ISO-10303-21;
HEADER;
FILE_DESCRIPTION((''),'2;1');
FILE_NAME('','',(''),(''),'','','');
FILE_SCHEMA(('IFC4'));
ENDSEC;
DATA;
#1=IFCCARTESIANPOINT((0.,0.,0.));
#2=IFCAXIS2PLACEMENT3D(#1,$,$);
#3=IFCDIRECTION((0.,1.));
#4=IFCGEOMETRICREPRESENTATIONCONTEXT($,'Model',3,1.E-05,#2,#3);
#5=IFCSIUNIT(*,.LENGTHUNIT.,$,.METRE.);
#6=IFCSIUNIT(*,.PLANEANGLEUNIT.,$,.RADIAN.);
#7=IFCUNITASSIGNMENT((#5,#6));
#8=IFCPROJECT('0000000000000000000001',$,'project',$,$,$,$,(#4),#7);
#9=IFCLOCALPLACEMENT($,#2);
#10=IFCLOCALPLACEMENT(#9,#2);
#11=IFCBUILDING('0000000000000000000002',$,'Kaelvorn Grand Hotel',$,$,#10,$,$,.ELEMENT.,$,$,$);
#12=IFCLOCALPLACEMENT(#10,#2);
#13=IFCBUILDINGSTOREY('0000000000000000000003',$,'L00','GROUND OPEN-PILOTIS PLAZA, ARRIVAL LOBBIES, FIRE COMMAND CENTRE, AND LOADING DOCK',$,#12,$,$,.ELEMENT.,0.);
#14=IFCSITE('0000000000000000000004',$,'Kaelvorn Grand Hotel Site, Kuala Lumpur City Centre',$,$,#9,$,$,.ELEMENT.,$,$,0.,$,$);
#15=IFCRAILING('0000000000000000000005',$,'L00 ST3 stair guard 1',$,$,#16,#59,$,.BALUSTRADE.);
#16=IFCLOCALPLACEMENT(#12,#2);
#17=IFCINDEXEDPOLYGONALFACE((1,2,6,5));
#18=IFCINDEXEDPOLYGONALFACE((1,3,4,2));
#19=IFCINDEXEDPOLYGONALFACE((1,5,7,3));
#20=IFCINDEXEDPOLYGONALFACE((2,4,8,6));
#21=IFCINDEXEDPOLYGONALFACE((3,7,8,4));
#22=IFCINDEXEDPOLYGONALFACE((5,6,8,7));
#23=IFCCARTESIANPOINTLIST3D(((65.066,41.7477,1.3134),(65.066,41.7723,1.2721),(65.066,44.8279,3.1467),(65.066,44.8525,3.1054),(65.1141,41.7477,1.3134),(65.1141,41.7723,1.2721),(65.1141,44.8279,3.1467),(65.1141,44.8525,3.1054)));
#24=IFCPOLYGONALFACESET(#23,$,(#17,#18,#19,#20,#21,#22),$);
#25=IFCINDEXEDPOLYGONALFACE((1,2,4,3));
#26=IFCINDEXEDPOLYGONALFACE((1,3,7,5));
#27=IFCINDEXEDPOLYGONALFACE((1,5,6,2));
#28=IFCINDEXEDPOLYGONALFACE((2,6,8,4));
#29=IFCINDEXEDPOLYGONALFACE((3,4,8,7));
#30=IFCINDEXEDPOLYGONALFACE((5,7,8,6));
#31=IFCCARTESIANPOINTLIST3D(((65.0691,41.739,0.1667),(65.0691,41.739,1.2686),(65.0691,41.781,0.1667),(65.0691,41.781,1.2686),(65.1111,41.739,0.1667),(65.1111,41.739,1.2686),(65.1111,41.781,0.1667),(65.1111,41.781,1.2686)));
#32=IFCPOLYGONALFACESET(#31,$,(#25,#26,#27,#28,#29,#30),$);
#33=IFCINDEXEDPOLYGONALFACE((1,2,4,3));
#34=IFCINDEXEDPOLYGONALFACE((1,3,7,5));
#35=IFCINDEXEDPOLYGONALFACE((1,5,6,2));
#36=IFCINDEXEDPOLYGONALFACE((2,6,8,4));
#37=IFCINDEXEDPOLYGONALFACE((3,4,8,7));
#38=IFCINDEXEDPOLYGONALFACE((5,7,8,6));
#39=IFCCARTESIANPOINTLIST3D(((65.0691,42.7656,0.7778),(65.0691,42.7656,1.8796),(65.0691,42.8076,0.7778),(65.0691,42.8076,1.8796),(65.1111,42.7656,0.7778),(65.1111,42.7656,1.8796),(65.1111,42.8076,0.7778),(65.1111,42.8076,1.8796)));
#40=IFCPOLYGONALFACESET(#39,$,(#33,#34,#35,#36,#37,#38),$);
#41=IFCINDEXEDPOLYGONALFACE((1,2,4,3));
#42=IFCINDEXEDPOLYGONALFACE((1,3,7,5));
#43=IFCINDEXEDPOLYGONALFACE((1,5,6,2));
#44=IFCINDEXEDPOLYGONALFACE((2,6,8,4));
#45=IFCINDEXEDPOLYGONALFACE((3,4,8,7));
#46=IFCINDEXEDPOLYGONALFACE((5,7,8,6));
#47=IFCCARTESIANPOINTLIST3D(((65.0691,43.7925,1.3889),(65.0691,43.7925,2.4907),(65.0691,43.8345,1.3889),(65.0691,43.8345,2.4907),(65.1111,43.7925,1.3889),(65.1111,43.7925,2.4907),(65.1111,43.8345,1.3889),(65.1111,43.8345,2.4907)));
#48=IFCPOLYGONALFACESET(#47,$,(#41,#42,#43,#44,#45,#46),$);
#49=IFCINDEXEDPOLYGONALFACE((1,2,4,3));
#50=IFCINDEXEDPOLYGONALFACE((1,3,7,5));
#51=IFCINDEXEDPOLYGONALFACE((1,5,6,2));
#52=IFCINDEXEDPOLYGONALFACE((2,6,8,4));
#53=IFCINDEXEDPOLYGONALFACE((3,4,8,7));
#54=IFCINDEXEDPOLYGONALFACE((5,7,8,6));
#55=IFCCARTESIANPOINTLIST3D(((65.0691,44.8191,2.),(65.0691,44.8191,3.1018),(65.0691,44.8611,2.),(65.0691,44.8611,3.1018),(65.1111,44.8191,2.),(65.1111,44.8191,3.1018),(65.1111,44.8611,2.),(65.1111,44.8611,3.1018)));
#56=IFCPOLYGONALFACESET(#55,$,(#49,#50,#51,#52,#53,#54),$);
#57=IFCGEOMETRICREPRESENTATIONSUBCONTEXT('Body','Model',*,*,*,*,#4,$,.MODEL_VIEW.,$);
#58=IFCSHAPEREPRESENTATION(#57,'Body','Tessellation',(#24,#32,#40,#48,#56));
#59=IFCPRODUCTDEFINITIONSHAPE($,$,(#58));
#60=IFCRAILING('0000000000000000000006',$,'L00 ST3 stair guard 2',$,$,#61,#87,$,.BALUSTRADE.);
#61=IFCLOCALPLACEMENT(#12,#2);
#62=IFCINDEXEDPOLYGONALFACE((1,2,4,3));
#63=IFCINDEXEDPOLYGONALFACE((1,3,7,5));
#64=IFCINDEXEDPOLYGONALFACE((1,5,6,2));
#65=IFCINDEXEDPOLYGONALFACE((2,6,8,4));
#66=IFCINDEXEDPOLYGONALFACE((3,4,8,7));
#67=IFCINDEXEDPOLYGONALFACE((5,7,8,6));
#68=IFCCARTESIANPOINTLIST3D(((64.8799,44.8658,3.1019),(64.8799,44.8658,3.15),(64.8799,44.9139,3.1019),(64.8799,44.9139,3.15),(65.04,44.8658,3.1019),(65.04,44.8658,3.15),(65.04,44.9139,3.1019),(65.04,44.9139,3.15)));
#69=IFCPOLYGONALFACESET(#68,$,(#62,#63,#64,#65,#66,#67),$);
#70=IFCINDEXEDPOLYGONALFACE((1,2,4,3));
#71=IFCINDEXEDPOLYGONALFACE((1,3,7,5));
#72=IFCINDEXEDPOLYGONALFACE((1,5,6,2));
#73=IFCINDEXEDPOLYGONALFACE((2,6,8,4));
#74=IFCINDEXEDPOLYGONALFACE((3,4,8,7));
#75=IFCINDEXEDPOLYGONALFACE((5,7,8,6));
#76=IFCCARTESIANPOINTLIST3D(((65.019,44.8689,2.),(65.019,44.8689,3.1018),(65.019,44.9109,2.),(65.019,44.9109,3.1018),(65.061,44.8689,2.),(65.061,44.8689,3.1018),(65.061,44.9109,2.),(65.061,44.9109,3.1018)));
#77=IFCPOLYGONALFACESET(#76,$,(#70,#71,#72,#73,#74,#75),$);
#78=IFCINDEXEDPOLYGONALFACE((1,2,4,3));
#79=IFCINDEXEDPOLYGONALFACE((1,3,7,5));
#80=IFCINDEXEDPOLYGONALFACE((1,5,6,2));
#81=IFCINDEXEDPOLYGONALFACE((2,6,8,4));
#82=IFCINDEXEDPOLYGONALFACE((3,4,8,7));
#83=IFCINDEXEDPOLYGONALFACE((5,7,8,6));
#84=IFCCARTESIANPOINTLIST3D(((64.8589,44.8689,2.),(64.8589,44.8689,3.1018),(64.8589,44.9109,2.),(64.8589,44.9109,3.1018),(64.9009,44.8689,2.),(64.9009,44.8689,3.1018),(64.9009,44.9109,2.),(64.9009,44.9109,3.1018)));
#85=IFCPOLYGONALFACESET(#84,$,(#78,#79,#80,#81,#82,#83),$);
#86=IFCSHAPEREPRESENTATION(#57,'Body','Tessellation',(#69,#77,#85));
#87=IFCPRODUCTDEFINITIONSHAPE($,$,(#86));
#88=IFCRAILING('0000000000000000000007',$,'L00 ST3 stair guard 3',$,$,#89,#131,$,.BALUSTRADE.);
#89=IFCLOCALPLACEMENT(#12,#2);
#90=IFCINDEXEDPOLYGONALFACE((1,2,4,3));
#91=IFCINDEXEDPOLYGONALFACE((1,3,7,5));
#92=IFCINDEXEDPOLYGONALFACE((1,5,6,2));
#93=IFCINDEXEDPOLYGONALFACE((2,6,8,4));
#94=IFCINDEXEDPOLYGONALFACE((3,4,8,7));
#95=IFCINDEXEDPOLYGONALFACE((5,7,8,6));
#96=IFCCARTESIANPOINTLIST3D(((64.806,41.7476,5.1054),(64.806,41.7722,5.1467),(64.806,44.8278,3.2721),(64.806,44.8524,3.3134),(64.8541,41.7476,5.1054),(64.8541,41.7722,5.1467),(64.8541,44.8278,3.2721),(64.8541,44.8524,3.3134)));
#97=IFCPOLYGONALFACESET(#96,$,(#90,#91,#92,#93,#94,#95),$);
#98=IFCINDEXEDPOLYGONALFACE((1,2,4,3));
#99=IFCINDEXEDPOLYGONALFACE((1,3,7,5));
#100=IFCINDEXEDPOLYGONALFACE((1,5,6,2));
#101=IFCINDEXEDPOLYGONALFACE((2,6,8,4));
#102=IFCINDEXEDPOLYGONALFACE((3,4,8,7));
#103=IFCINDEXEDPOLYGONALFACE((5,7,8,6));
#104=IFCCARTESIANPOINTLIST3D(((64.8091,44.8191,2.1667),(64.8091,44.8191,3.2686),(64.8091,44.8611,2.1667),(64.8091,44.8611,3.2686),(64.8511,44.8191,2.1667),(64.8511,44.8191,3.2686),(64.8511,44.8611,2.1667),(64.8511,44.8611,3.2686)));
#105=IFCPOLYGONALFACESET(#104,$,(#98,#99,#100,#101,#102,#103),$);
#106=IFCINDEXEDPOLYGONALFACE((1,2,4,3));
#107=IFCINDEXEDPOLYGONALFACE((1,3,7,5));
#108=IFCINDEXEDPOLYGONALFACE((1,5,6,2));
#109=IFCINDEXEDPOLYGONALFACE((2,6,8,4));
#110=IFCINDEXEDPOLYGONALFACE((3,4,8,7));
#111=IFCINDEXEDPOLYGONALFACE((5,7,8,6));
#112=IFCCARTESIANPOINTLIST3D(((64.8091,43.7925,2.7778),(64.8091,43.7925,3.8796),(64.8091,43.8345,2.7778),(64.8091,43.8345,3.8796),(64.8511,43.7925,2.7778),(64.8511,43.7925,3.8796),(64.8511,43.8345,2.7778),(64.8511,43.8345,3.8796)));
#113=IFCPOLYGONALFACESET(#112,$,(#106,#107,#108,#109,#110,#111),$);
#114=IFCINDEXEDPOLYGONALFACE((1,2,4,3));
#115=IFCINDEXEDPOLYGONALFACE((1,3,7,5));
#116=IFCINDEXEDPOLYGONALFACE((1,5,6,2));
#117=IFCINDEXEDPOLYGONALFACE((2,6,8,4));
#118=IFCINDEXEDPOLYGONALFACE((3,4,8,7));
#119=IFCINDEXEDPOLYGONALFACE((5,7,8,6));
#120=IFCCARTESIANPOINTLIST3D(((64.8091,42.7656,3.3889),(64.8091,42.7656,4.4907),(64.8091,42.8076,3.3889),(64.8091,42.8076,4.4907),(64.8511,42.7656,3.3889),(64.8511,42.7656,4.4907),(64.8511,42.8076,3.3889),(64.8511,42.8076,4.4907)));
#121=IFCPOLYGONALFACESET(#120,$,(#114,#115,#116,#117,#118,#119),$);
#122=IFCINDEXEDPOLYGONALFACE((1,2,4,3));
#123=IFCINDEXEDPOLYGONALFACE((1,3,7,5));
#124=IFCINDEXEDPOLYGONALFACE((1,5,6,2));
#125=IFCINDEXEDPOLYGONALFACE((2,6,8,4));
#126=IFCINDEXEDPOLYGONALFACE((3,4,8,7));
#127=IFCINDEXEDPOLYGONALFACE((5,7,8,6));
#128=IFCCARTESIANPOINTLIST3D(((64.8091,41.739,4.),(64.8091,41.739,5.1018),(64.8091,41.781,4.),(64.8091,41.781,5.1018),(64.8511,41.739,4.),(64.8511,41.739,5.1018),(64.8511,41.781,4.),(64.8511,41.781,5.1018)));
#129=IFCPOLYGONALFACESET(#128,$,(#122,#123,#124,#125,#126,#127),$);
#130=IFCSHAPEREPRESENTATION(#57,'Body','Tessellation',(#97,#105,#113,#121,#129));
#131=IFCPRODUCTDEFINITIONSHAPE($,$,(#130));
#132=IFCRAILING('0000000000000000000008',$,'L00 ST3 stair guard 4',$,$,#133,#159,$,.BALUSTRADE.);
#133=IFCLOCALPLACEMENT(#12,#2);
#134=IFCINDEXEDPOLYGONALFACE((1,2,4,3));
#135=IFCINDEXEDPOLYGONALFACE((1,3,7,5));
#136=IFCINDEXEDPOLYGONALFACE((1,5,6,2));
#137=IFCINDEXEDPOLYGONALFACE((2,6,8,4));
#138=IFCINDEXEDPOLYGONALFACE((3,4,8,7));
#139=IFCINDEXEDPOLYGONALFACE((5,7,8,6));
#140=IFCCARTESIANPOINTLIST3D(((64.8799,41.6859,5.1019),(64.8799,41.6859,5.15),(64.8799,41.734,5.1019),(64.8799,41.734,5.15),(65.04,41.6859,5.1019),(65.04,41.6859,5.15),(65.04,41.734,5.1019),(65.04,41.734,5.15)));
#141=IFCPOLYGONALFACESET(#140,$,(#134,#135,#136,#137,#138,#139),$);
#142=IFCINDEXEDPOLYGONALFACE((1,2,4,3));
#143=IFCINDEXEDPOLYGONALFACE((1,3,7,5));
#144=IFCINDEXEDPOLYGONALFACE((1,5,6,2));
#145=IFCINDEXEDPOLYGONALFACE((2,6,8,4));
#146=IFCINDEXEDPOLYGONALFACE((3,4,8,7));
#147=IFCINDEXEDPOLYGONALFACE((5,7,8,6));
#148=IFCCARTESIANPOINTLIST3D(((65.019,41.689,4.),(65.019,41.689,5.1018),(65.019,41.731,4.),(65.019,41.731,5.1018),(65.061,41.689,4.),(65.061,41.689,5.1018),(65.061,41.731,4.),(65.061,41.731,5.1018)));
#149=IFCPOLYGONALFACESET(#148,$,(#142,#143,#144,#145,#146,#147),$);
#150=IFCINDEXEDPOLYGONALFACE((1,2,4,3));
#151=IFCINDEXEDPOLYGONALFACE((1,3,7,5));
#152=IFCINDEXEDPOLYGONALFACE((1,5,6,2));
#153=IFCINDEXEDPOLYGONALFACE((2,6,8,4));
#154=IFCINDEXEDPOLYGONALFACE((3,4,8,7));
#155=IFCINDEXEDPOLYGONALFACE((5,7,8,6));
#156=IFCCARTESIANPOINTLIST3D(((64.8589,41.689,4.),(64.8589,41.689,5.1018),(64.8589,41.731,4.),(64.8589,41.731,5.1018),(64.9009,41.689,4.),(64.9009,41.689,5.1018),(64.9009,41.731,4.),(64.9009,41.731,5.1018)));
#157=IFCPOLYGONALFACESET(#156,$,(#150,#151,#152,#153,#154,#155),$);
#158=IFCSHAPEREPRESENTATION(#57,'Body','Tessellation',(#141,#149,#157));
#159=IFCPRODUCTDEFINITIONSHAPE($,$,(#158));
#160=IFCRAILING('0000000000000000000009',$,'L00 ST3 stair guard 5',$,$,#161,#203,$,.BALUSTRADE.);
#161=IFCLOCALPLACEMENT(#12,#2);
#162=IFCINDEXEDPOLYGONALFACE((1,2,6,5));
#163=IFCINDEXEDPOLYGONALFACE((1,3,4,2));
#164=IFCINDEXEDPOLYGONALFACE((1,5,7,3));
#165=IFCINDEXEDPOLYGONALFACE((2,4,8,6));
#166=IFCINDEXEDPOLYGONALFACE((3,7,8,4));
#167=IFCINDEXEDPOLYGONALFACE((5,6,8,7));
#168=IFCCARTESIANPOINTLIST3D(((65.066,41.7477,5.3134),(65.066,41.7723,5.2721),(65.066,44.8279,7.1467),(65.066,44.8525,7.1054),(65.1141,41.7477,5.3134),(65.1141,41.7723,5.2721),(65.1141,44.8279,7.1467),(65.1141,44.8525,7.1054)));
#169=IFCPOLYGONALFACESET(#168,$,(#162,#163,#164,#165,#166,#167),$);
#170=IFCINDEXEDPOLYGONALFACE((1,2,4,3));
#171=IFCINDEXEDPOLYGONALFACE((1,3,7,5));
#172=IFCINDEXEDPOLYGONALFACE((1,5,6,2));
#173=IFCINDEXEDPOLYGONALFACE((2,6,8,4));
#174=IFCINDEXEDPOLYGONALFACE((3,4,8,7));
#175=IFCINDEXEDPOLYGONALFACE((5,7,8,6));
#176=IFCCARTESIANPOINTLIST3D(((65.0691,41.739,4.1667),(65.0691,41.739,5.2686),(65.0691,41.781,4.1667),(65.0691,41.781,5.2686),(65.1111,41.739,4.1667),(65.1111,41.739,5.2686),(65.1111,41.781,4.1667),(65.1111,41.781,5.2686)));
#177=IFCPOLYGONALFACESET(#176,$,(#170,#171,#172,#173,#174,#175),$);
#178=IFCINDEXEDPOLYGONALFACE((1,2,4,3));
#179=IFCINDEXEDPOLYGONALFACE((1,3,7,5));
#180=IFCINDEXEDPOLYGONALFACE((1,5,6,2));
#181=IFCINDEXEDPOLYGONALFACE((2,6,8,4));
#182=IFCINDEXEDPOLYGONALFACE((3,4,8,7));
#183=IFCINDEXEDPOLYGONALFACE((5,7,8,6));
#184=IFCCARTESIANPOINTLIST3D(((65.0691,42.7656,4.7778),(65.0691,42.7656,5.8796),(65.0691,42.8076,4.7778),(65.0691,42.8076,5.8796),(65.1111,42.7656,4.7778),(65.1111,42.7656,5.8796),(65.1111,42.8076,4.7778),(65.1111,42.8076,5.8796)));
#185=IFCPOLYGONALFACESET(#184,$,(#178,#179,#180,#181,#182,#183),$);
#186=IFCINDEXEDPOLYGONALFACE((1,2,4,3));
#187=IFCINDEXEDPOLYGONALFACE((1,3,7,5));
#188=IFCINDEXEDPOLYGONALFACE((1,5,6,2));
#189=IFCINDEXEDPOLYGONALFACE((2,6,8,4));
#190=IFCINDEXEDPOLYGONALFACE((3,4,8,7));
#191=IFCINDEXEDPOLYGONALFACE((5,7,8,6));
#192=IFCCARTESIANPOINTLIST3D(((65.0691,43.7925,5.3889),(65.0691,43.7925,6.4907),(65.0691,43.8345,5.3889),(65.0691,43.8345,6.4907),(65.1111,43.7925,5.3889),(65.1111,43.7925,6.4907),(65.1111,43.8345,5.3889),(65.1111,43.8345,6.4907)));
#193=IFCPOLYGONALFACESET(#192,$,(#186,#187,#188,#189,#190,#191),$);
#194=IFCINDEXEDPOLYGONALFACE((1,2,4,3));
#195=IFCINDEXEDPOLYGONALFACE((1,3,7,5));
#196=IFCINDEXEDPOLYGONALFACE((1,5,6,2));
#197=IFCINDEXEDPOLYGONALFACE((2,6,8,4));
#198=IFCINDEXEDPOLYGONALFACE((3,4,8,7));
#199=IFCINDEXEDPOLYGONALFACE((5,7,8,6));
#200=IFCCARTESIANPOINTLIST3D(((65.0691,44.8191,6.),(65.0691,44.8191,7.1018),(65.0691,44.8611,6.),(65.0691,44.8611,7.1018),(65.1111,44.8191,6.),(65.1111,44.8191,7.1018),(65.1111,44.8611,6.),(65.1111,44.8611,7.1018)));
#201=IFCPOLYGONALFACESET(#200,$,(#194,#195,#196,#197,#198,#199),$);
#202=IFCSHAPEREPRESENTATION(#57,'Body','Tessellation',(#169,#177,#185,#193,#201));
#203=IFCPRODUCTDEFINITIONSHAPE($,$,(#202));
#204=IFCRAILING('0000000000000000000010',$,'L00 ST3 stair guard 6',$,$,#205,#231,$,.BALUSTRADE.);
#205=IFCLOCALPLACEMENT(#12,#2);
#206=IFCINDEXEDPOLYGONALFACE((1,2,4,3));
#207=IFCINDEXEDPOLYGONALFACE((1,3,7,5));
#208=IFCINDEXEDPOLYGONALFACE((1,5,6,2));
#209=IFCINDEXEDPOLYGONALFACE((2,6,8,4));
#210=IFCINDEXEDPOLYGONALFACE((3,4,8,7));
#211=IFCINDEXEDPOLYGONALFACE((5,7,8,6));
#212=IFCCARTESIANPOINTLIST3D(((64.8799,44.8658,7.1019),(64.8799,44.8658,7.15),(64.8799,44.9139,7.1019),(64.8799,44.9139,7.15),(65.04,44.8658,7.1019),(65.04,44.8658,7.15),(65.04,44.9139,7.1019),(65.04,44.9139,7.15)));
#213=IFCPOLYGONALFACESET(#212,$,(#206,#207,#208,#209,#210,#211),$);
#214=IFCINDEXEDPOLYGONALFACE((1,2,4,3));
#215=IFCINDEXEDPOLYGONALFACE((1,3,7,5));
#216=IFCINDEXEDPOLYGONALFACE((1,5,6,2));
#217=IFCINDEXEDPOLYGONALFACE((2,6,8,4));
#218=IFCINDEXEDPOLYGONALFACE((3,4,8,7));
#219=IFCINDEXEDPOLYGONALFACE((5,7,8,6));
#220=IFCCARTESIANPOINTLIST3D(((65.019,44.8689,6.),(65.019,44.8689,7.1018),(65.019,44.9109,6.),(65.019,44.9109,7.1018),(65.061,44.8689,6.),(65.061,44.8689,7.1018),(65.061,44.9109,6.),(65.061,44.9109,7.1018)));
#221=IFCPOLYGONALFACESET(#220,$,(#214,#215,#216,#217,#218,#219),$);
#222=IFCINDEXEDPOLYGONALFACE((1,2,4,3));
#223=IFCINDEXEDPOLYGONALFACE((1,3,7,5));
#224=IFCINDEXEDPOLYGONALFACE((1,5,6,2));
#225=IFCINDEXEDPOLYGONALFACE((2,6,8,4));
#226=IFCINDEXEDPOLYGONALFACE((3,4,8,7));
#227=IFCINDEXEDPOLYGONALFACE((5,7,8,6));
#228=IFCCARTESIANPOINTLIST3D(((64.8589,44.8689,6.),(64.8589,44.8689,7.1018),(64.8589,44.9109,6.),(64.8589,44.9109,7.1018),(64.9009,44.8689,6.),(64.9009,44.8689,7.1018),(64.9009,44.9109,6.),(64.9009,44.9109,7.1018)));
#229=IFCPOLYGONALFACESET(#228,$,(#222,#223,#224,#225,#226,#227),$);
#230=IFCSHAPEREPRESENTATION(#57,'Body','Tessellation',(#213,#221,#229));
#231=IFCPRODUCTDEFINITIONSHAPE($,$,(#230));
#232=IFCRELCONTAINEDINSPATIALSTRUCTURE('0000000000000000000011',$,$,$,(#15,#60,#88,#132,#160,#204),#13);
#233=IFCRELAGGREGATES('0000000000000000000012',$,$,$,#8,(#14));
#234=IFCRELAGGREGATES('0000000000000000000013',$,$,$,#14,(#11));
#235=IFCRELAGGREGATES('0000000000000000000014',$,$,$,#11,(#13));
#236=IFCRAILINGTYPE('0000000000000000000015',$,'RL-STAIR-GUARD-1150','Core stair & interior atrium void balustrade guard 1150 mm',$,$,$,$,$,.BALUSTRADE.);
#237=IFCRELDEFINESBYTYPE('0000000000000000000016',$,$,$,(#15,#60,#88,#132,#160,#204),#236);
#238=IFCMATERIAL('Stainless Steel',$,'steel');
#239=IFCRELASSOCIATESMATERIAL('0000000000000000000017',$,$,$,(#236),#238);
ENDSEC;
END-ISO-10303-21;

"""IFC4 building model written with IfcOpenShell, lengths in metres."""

from ifc_helpers import new_model, si_unit, direction, frame, origin, origin_2d, place, context, subcontext, project, spatial, rectangle, extrude, material, type_object, element, save


model = new_model("IFC4")

# Units and contexts
model_context = context("Model", 3, precision=1e-05, world=origin(), true_north=direction((0.0, 1.0)))
body_context = subcontext(model_context, "Body", "Model", "MODEL_VIEW")
ifc_project = project(units=[si_unit("LENGTHUNIT", "METRE"), si_unit("PLANEANGLEUNIT", "RADIAN")], contexts=[model_context])

# Site, building, storey
site_placement = place(None, origin())
site = spatial("IfcSite", under=ifc_project, at=site_placement, Name="Kaelvorn Grand Hotel Site, Kuala Lumpur City Centre", CompositionType="ELEMENT", RefElevation=0.0)
building_placement = place(site_placement, origin())
building = spatial("IfcBuilding", under=site, at=building_placement, Name="Kaelvorn Grand Hotel", CompositionType="ELEMENT")
storey_placement = place(building_placement, origin())
storey = spatial("IfcBuildingStorey", under=building, at=storey_placement, Name="L00", Description="GROUND OPEN-PILOTIS PLAZA, ARRIVAL LOBBIES, FIRE COMMAND CENTRE, AND LOADING DOCK", CompositionType="ELEMENT", Elevation=0.0)

# Railings
ifc_material_1 = material(Name="Stainless Steel", Category="steel")
railing_type_1 = type_object("IfcRailingType", Name="RL-STAIR-GUARD-1150", Description="Core stair & interior atrium void balustrade guard 1150 mm", PredefinedType="BALUSTRADE", material=ifc_material_1)
railing_1_placement = place(storey_placement, frame((65.0901, 41.76, 0.1667)))
element("IfcRailing", 1, at=railing_1_placement, inside=storey, type_object=railing_type_1, Name="L00 ST3 stair guard 1", PredefinedType="BALUSTRADE", context=body_context, shape_type="SweptSolid", body=[
    extrude(rectangle(XDim=0.0481, YDim=0.0481, at=origin_2d()), frame((0.0, 0.0, 1.126), z_axis=(0.0, 0.859309, 0.511458), x_axis=(-1.0, 0.0, 0.0)), (0.0, 0.0, 1.0), 3.5845),
    extrude(rectangle(XDim=0.042, YDim=0.042, at=origin_2d()), origin(), (0.0, 0.0, 1.0), 1.1018),
    extrude(rectangle(XDim=0.042, YDim=0.042, at=origin_2d()), frame((0.0, 1.0266, 0.6111)), (0.0, 0.0, 1.0), 1.1018),
    extrude(rectangle(XDim=0.042, YDim=0.042, at=origin_2d()), frame((0.0, 2.0535, 1.2222)), (0.0, 0.0, 1.0), 1.1018),
    extrude(rectangle(XDim=0.042, YDim=0.042, at=origin_2d()), frame((0.0, 3.0801, 1.8333)), (0.0, 0.0, 1.0), 1.1018),
])
railing_2_placement = place(storey_placement, frame((65.04, 44.8899, 2.0)))
element("IfcRailing", 2, at=railing_2_placement, inside=storey, type_object=railing_type_1, Name="L00 ST3 stair guard 2", PredefinedType="BALUSTRADE", context=body_context, shape_type="SweptSolid", body=[
    extrude(rectangle(XDim=0.0481, YDim=0.0481, at=origin_2d()), frame((0.0, 0.0, 1.126), z_axis=(-1.0, 0.0, 0.0), x_axis=(0.0, -1.0, 0.0)), (0.0, 0.0, 1.0), 0.1602),
    extrude(rectangle(XDim=0.042, YDim=0.042, at=origin_2d()), origin(), (0.0, 0.0, 1.0), 1.1018),
    extrude(rectangle(XDim=0.042, YDim=0.042, at=origin_2d()), frame((-0.1602, 0.0, 0.0)), (0.0, 0.0, 1.0), 1.1018),
])
railing_3_placement = place(storey_placement, frame((64.8301, 44.8401, 2.1667)))
element("IfcRailing", 3, at=railing_3_placement, inside=storey, type_object=railing_type_1, Name="L00 ST3 stair guard 3", PredefinedType="BALUSTRADE", context=body_context, shape_type="SweptSolid", body=[
    extrude(rectangle(XDim=0.0481, YDim=0.0481, at=origin_2d()), frame((0.0, 0.0, 1.126), z_axis=(0.0, -0.859309, 0.511458), x_axis=(1.0, 0.0, 0.0)), (0.0, 0.0, 1.0), 3.5845),
    extrude(rectangle(XDim=0.042, YDim=0.042, at=origin_2d()), origin(), (0.0, 0.0, 1.0), 1.1018),
    extrude(rectangle(XDim=0.042, YDim=0.042, at=origin_2d()), frame((0.0, -1.0266, 0.6111)), (0.0, 0.0, 1.0), 1.1018),
    extrude(rectangle(XDim=0.042, YDim=0.042, at=origin_2d()), frame((0.0, -2.0535, 1.2222)), (0.0, 0.0, 1.0), 1.1018),
    extrude(rectangle(XDim=0.042, YDim=0.042, at=origin_2d()), frame((0.0, -3.0801, 1.8333)), (0.0, 0.0, 1.0), 1.1018),
])
railing_4_placement = place(storey_placement, frame((65.04, 41.71, 4.0)))
element("IfcRailing", 4, at=railing_4_placement, inside=storey, type_object=railing_type_1, Name="L00 ST3 stair guard 4", PredefinedType="BALUSTRADE", context=body_context, shape_type="SweptSolid", body=[
    extrude(rectangle(XDim=0.0481, YDim=0.0481, at=origin_2d()), frame((0.0, 0.0, 1.126), z_axis=(-1.0, 0.0, 0.0), x_axis=(0.0, -1.0, 0.0)), (0.0, 0.0, 1.0), 0.1602),
    extrude(rectangle(XDim=0.042, YDim=0.042, at=origin_2d()), origin(), (0.0, 0.0, 1.0), 1.1018),
    extrude(rectangle(XDim=0.042, YDim=0.042, at=origin_2d()), frame((-0.1602, 0.0, 0.0)), (0.0, 0.0, 1.0), 1.1018),
])
railing_5_placement = place(storey_placement, frame((65.0901, 41.76, 4.1667)))
element("IfcRailing", 5, at=railing_5_placement, inside=storey, type_object=railing_type_1, Name="L00 ST3 stair guard 5", PredefinedType="BALUSTRADE", context=body_context, shape_type="SweptSolid", body=[
    extrude(rectangle(XDim=0.0481, YDim=0.0481, at=origin_2d()), frame((0.0, 0.0, 1.126), z_axis=(0.0, 0.859309, 0.511458), x_axis=(-1.0, 0.0, 0.0)), (0.0, 0.0, 1.0), 3.5845),
    extrude(rectangle(XDim=0.042, YDim=0.042, at=origin_2d()), origin(), (0.0, 0.0, 1.0), 1.1018),
    extrude(rectangle(XDim=0.042, YDim=0.042, at=origin_2d()), frame((0.0, 1.0266, 0.6111)), (0.0, 0.0, 1.0), 1.1018),
    extrude(rectangle(XDim=0.042, YDim=0.042, at=origin_2d()), frame((0.0, 2.0535, 1.2222)), (0.0, 0.0, 1.0), 1.1018),
    extrude(rectangle(XDim=0.042, YDim=0.042, at=origin_2d()), frame((0.0, 3.0801, 1.8333)), (0.0, 0.0, 1.0), 1.1018),
])
railing_6_placement = place(storey_placement, frame((65.04, 44.8899, 6.0)))
element("IfcRailing", 6, at=railing_6_placement, inside=storey, type_object=railing_type_1, Name="L00 ST3 stair guard 6", PredefinedType="BALUSTRADE", context=body_context, shape_type="SweptSolid", body=[
    extrude(rectangle(XDim=0.0481, YDim=0.0481, at=origin_2d()), frame((0.0, 0.0, 1.126), z_axis=(-1.0, 0.0, 0.0), x_axis=(0.0, -1.0, 0.0)), (0.0, 0.0, 1.0), 0.1602),
    extrude(rectangle(XDim=0.042, YDim=0.042, at=origin_2d()), origin(), (0.0, 0.0, 1.0), 1.1018),
    extrude(rectangle(XDim=0.042, YDim=0.042, at=origin_2d()), frame((-0.1602, 0.0, 0.0)), (0.0, 0.0, 1.0), 1.1018),
])

save(model, "model.ifc")
